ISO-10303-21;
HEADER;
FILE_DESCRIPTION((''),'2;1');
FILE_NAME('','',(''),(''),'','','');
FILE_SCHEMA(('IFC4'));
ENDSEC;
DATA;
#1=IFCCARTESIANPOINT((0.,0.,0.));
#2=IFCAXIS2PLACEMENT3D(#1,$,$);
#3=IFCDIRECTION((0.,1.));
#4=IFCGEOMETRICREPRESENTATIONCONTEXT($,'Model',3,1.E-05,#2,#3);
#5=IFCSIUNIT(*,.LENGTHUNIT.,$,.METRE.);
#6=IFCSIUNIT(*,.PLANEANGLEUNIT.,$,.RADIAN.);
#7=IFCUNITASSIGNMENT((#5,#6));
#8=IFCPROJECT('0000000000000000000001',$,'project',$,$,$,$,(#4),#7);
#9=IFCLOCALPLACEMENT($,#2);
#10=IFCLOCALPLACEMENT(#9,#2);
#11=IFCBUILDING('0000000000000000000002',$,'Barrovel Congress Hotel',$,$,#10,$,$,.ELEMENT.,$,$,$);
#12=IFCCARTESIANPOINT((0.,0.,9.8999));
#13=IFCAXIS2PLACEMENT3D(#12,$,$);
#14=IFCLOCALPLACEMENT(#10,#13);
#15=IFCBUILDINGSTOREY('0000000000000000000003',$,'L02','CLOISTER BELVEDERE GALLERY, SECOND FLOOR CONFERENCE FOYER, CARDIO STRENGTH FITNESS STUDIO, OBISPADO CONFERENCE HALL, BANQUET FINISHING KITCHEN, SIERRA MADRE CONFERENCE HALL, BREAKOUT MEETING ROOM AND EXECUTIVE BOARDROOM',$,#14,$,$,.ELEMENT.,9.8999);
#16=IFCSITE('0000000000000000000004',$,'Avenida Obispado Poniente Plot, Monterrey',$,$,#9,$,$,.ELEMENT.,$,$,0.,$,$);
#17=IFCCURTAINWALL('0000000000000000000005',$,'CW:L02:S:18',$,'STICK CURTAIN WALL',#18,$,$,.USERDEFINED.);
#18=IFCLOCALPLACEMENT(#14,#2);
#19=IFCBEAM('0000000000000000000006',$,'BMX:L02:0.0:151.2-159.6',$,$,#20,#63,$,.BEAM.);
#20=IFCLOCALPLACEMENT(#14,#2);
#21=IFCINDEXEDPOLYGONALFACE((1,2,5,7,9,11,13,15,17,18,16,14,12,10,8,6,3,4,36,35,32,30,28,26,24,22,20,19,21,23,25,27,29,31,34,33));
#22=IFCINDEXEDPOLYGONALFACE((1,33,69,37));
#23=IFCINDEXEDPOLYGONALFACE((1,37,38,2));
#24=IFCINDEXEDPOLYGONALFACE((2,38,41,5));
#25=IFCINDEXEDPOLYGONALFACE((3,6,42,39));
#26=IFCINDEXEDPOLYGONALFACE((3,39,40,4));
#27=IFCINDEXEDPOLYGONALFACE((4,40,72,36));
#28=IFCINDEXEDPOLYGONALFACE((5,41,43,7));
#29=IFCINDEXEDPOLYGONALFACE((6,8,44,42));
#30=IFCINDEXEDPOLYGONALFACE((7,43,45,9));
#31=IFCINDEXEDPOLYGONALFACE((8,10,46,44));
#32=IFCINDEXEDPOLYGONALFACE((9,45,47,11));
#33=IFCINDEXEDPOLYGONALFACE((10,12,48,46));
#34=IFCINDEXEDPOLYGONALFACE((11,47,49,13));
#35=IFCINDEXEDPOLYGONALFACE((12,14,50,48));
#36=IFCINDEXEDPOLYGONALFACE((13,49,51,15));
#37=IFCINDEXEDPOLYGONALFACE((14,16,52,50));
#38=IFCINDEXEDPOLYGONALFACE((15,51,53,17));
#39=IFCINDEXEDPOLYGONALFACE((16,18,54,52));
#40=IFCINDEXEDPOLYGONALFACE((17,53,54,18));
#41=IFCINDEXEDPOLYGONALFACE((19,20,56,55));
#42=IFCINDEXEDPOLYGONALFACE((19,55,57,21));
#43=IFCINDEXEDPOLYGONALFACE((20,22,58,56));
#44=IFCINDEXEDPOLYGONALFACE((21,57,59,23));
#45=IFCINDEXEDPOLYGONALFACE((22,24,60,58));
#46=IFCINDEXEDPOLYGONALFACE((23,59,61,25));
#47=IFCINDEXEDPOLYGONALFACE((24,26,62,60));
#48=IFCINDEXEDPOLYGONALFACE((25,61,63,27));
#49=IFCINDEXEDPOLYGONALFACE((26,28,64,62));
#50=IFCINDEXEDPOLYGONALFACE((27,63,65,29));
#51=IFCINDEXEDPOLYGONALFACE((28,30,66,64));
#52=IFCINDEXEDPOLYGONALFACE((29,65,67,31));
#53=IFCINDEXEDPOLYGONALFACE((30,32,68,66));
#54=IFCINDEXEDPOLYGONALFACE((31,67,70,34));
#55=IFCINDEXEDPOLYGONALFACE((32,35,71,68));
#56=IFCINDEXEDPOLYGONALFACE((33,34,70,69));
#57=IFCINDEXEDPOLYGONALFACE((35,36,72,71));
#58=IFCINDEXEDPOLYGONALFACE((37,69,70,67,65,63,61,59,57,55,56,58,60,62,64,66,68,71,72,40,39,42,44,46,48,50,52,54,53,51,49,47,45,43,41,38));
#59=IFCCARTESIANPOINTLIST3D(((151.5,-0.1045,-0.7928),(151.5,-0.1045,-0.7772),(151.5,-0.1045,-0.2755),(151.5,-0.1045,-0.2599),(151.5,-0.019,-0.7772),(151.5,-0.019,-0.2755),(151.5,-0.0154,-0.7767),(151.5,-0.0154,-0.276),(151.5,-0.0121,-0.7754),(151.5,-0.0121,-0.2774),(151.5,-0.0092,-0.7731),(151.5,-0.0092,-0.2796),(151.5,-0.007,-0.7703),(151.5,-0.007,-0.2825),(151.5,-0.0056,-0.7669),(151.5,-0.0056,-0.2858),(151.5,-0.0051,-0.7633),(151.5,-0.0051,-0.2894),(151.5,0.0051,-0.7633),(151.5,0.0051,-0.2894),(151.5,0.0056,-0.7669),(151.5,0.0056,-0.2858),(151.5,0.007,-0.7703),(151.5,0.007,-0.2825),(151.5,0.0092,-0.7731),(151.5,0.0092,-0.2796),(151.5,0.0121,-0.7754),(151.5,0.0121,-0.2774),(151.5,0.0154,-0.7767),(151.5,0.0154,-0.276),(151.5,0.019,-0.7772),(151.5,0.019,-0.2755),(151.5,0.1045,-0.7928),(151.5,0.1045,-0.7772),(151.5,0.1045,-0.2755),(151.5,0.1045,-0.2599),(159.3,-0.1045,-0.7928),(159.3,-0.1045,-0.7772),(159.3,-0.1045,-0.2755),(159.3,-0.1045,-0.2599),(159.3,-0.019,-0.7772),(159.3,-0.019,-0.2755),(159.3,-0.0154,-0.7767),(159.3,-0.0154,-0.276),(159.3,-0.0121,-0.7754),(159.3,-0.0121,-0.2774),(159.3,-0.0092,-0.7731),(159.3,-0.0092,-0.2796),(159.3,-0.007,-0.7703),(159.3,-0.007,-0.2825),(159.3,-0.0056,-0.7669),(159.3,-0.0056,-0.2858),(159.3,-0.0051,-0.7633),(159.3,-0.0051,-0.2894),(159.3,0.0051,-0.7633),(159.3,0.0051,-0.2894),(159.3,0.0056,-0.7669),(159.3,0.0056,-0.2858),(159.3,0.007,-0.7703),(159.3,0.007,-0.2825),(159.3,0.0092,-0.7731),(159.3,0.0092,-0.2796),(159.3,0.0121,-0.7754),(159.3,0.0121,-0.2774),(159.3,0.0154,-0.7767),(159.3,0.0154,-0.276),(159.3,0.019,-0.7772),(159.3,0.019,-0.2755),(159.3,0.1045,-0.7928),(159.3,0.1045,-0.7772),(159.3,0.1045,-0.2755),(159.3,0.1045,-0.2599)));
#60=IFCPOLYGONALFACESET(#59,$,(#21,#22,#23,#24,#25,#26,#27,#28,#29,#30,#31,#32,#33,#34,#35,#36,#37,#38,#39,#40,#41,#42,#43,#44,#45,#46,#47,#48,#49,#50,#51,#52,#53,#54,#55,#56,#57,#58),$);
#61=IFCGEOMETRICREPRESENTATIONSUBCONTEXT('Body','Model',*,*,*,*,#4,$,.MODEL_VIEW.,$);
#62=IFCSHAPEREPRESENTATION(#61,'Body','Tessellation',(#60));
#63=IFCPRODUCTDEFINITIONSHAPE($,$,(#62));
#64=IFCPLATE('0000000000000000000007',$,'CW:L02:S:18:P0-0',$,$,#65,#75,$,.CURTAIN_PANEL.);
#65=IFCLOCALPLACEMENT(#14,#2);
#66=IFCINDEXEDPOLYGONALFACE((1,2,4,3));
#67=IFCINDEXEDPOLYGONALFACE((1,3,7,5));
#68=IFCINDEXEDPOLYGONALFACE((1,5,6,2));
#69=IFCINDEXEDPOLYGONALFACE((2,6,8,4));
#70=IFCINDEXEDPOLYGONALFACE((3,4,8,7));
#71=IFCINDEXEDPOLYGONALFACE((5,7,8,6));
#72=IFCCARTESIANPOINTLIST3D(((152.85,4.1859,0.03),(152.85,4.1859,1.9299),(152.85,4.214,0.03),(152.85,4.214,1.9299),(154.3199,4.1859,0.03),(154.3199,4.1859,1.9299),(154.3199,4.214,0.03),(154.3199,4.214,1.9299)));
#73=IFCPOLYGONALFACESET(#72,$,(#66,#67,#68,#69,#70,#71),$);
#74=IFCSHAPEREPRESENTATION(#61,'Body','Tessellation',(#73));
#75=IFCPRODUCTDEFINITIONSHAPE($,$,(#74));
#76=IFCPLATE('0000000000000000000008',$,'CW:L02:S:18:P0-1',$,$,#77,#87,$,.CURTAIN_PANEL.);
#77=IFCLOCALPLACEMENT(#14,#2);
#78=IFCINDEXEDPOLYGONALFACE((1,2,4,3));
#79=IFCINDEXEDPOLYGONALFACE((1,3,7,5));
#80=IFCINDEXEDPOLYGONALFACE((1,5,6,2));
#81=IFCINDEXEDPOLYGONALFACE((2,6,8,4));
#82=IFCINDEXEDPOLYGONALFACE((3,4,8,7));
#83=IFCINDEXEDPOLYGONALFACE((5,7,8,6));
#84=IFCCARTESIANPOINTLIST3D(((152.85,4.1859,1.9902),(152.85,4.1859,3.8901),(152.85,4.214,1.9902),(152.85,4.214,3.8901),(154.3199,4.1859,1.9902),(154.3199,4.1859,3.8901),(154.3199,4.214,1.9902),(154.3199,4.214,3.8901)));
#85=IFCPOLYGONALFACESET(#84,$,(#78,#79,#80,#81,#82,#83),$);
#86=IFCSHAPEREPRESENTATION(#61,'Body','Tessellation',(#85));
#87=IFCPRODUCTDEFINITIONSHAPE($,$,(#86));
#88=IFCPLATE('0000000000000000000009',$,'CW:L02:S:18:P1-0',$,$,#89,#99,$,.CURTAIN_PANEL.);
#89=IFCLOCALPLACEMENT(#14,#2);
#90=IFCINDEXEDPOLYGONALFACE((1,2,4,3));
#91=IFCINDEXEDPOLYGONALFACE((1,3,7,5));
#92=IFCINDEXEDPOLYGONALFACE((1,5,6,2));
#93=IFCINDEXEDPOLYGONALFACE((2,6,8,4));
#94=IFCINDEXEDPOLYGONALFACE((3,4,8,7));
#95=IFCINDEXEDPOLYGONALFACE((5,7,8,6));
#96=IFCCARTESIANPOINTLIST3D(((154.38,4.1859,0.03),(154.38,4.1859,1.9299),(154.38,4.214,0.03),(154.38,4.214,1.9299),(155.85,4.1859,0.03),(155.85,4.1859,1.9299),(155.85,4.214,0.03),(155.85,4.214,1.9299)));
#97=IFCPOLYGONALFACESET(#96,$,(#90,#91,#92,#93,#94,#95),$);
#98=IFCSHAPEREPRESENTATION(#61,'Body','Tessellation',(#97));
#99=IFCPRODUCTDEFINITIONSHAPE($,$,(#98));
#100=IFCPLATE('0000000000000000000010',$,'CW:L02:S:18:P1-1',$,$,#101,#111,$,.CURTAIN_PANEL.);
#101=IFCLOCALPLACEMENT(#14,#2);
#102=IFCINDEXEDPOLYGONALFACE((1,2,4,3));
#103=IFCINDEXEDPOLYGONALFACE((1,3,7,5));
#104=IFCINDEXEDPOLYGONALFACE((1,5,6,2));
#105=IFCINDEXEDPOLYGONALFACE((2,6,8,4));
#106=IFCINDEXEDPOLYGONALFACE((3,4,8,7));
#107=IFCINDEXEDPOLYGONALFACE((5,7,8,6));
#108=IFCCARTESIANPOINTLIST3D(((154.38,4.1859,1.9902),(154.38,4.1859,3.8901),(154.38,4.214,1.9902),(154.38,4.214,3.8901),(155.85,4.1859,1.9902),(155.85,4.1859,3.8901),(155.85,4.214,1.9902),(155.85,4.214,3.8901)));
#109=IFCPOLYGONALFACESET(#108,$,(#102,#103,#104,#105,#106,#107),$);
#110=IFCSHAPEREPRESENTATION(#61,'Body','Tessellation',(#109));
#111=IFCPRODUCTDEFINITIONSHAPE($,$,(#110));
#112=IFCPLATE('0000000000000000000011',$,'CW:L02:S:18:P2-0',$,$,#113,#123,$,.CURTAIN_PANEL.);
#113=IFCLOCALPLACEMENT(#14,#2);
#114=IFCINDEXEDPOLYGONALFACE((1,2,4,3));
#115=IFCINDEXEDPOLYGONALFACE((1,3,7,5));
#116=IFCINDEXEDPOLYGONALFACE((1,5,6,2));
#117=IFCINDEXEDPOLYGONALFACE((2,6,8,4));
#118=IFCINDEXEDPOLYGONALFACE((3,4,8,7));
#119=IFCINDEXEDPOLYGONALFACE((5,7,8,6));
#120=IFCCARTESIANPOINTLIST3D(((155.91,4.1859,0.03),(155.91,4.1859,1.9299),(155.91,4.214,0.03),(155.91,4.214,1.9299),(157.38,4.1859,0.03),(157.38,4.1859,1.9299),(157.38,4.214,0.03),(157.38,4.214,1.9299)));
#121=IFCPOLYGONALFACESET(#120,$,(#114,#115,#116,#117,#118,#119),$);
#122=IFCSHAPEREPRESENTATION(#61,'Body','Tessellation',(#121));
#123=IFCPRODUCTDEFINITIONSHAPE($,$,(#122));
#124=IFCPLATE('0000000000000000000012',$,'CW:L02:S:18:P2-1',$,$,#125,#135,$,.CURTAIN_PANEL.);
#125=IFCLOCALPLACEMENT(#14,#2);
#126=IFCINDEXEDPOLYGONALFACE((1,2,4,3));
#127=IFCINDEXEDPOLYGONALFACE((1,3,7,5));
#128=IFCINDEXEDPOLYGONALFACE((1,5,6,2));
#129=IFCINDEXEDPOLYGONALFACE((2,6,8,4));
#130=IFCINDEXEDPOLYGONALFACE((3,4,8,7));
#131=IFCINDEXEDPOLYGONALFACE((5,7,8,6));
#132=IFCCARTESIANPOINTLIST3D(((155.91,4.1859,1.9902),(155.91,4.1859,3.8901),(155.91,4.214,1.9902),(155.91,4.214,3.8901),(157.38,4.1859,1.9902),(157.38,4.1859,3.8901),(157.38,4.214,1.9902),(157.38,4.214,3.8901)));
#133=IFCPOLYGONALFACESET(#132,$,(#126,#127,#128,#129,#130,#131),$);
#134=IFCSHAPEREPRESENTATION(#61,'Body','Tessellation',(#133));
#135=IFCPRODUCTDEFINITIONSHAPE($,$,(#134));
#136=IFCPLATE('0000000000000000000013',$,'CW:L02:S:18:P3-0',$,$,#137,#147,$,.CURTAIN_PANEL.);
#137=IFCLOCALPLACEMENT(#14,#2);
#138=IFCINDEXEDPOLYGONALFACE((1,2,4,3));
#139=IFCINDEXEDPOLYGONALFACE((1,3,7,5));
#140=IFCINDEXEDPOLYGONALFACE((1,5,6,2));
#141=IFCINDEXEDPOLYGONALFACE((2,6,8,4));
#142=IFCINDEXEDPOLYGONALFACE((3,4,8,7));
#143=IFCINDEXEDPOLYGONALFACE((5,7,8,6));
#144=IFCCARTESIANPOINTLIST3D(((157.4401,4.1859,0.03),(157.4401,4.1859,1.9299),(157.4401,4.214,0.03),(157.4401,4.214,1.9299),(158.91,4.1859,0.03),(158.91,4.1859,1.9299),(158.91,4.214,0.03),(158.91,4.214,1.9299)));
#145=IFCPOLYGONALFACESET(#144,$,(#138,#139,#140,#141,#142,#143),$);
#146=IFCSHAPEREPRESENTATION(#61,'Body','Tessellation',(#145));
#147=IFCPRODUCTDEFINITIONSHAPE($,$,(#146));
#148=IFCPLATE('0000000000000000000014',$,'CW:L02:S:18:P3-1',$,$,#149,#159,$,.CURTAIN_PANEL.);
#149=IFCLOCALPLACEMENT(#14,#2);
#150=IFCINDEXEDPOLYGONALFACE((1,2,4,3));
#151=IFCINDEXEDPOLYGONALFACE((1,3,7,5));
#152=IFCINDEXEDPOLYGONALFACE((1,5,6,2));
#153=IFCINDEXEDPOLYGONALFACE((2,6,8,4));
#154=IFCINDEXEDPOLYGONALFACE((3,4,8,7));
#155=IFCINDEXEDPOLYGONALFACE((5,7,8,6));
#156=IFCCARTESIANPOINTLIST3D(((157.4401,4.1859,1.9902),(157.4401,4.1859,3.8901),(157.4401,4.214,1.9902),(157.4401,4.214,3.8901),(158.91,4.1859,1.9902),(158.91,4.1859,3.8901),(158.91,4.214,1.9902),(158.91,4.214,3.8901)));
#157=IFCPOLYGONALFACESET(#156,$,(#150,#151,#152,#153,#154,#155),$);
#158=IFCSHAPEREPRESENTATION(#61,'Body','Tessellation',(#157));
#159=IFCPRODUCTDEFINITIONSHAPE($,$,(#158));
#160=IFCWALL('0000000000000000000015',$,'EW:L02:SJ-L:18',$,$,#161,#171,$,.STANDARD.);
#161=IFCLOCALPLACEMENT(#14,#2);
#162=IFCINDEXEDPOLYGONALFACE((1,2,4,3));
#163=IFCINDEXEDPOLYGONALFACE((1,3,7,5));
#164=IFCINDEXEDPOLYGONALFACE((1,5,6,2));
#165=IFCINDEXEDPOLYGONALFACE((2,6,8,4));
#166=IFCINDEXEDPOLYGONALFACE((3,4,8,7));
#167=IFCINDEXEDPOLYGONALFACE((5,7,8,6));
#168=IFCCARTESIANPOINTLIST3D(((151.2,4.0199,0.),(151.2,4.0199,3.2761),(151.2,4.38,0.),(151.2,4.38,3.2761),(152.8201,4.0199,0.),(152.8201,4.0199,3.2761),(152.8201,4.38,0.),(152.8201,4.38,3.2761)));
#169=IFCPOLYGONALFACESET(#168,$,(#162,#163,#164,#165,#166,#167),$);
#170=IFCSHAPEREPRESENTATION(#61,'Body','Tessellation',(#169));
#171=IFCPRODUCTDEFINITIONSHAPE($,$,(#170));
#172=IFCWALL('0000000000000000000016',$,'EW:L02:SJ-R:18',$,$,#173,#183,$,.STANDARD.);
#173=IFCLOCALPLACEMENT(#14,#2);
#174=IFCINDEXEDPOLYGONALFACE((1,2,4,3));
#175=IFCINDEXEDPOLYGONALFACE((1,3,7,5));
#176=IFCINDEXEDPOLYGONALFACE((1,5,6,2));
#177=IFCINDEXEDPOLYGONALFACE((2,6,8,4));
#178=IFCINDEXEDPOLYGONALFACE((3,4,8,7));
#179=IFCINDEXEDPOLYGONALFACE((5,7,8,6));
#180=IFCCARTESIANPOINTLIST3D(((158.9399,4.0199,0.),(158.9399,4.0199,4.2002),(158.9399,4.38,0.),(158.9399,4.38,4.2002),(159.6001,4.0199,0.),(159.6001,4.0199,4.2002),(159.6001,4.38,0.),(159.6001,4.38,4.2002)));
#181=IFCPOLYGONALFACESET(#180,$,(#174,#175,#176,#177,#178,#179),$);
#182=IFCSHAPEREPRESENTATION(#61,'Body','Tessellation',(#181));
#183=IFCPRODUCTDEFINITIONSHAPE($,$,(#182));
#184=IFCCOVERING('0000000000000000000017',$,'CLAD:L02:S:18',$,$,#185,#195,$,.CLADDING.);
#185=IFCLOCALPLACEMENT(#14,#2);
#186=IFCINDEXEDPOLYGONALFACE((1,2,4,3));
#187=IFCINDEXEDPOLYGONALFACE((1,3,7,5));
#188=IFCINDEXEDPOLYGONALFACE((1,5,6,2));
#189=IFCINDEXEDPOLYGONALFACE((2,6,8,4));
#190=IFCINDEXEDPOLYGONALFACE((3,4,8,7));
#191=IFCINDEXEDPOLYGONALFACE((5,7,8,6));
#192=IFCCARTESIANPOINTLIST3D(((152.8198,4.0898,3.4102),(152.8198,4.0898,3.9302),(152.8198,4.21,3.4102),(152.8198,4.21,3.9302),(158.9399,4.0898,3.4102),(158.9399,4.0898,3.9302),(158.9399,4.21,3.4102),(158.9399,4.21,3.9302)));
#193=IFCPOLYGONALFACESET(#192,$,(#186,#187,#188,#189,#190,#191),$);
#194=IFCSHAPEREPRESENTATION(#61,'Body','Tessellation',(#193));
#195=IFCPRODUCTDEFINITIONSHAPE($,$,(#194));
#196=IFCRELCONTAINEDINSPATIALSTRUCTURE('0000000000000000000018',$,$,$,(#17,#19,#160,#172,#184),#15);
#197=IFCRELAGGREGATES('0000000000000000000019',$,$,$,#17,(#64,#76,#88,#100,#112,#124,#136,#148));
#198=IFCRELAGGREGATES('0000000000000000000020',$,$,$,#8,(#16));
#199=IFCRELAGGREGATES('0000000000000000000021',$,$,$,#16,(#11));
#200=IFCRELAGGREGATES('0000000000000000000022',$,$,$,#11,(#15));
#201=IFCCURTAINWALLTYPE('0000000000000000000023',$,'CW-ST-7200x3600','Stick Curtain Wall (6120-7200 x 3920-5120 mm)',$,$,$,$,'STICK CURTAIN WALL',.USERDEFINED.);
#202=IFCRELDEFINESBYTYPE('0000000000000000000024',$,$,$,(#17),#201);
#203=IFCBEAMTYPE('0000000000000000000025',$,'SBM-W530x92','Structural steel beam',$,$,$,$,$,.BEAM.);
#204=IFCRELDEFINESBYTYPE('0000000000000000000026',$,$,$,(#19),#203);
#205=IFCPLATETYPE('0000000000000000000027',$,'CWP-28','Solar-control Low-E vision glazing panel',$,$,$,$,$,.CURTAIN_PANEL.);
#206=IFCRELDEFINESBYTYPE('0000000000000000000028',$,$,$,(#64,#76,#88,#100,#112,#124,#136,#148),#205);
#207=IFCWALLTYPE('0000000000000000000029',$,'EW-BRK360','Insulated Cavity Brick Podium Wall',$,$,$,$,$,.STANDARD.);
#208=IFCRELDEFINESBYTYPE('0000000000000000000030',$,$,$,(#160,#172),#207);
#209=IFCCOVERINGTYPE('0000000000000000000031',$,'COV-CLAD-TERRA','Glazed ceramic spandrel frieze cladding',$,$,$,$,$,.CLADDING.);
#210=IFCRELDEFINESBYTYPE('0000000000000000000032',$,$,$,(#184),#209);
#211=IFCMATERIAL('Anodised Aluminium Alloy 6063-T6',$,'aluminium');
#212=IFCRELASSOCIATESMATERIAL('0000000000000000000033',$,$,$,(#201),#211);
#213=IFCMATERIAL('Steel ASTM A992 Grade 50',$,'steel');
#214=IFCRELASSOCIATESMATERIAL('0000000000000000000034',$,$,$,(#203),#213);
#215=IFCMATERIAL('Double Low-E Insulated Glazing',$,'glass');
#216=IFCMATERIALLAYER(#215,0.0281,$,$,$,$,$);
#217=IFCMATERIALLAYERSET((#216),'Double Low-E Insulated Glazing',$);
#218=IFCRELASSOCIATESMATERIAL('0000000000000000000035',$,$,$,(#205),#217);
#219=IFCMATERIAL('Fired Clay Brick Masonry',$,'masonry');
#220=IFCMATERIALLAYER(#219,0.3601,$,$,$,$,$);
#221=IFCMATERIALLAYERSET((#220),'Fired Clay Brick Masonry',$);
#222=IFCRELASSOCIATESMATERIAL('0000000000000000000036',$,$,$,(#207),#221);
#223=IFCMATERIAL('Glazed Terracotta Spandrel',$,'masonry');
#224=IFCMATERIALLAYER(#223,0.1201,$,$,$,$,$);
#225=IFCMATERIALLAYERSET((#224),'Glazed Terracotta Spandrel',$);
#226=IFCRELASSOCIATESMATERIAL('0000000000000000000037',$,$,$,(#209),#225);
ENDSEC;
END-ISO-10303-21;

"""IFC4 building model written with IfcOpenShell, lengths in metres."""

from ifc_helpers import new_model, si_unit, direction, frame, frame_2d, origin, origin_2d, place, context, subcontext, project, spatial, rectangle, i_section, extrude, material, layer, layer_set, material_profile, profile_set, type_object, element, aggregate, save


model = new_model("IFC4")

# Units and contexts
model_context = context("Model", 3, precision=1e-05, world=origin(), true_north=direction((0.0, 1.0)))
body_context = subcontext(model_context, "Body", "Model", "MODEL_VIEW")
ifc_project = project(units=[si_unit("LENGTHUNIT", "METRE"), si_unit("PLANEANGLEUNIT", "RADIAN")], contexts=[model_context])

# Site, building, storey
site_placement = place(None, origin())
site = spatial("IfcSite", under=ifc_project, at=site_placement, Name="Avenida Obispado Poniente Plot, Monterrey", CompositionType="ELEMENT", RefElevation=0.0)
building_placement = place(site_placement, origin())
building = spatial("IfcBuilding", under=site, at=building_placement, Name="Barrovel Congress Hotel", CompositionType="ELEMENT")
storey_placement = place(building_placement, frame((0.0, 0.0, 9.8999)))
storey = spatial("IfcBuildingStorey", under=building, at=storey_placement, Name="L02", Description="CLOISTER BELVEDERE GALLERY, SECOND FLOOR CONFERENCE FOYER, CARDIO STRENGTH FITNESS STUDIO, OBISPADO CONFERENCE HALL, BANQUET FINISHING KITCHEN, SIERRA MADRE CONFERENCE HALL, BREAKOUT MEETING ROOM AND EXECUTIVE BOARDROOM", CompositionType="ELEMENT", Elevation=9.8999)

# Curtain wall
ifc_material_1 = material(Name="Anodised Aluminium Alloy 6063-T6", Category="aluminium")
curtain_wall_type = type_object("IfcCurtainWallType", Name="CW-ST-7200x3600", Description="Stick Curtain Wall (6120-7200 x 3920-5120 mm)", ElementType="STICK CURTAIN WALL", PredefinedType="USERDEFINED", material=ifc_material_1)
curtain_wall_placement = place(storey_placement, origin())
curtain_wall = element("IfcCurtainWall", 1, at=curtain_wall_placement, inside=storey, type_object=curtain_wall_type, Name="CW:L02:S:18", ObjectType="STICK CURTAIN WALL", PredefinedType="USERDEFINED")

# Beam
ifc_material_2 = material(Name="Steel ASTM A992 Grade 50", Category="steel")
ifc_material_profile_1 = material_profile(ifc_material_2, i_section(OverallWidth=0.209, OverallDepth=0.533, WebThickness=0.0103, FlangeThickness=0.0156, FilletRadius=0.0139, at=origin_2d()), Name="W530x92")
ifc_profile_set_1 = profile_set([ifc_material_profile_1], Name="Steel ASTM A992 Grade 50")
beam_type_1 = type_object("IfcBeamType", Name="SBM-W530x92", Description="Structural steel beam", PredefinedType="BEAM", material=ifc_profile_set_1)
beam_1_placement = place(storey_placement, frame((151.5, 0.0, -0.5264), z_axis=(1.0, 0.0, 0.0), x_axis=(0.0, 1.0, 0.0)))
element("IfcBeam", 2, at=beam_1_placement, inside=storey, type_object=beam_type_1, Name="BMX:L02:0.0:151.2-159.6", PredefinedType="BEAM", context=body_context, shape_type="SweptSolid", body=[
    extrude(i_section(OverallWidth=0.209, OverallDepth=0.533, WebThickness=0.0103, FlangeThickness=0.0156, FilletRadius=0.0139, at=origin_2d()), origin(), (0.0, 0.0, 1.0), 7.8),
])

# Plates
ifc_material_3 = material(Name="Double Low-E Insulated Glazing", Category="glass")
ifc_layer_1 = layer(ifc_material_3, 0.0281)
ifc_layer_set_1 = layer_set([ifc_layer_1], Name="Double Low-E Insulated Glazing")
plate_type = type_object("IfcPlateType", Name="CWP-28", Description="Solar-control Low-E vision glazing panel", PredefinedType="CURTAIN_PANEL", material=ifc_layer_set_1)
plate_1_placement = place(storey_placement, frame((153.585, 4.2, 0.03), z_axis=(0.0, 0.0, 1.0), x_axis=(1.0, 0.0, 0.0)))
plate_1 = element("IfcPlate", 3, at=plate_1_placement, type_object=plate_type, Name="CW:L02:S:18:P0-0", PredefinedType="CURTAIN_PANEL", context=body_context, shape_type="SweptSolid", body=[
    extrude(rectangle(XDim=1.47, YDim=0.0281, at=origin_2d()), origin(), (0.0, 0.0, 1.0), 1.8999),
])
plate_2_placement = place(storey_placement, frame((153.585, 4.2, 1.9902), z_axis=(0.0, 0.0, 1.0), x_axis=(1.0, 0.0, 0.0)))
plate_2 = element("IfcPlate", 4, at=plate_2_placement, type_object=plate_type, Name="CW:L02:S:18:P0-1", PredefinedType="CURTAIN_PANEL", context=body_context, shape_type="SweptSolid", body=[
    extrude(rectangle(XDim=1.47, YDim=0.0281, at=origin_2d()), origin(), (0.0, 0.0, 1.0), 1.8999),
])
plate_3_placement = place(storey_placement, frame((155.115, 4.2, 0.03), z_axis=(0.0, 0.0, 1.0), x_axis=(1.0, 0.0, 0.0)))
plate_3 = element("IfcPlate", 5, at=plate_3_placement, type_object=plate_type, Name="CW:L02:S:18:P1-0", PredefinedType="CURTAIN_PANEL", context=body_context, shape_type="SweptSolid", body=[
    extrude(rectangle(XDim=1.47, YDim=0.0281, at=origin_2d()), origin(), (0.0, 0.0, 1.0), 1.8999),
])
plate_4_placement = place(storey_placement, frame((155.115, 4.2, 1.9902), z_axis=(0.0, 0.0, 1.0), x_axis=(1.0, 0.0, 0.0)))
plate_4 = element("IfcPlate", 6, at=plate_4_placement, type_object=plate_type, Name="CW:L02:S:18:P1-1", PredefinedType="CURTAIN_PANEL", context=body_context, shape_type="SweptSolid", body=[
    extrude(rectangle(XDim=1.47, YDim=0.0281, at=origin_2d()), origin(), (0.0, 0.0, 1.0), 1.8999),
])
plate_5_placement = place(storey_placement, frame((156.645, 4.2, 0.03), z_axis=(0.0, 0.0, 1.0), x_axis=(1.0, 0.0, 0.0)))
plate_5 = element("IfcPlate", 7, at=plate_5_placement, type_object=plate_type, Name="CW:L02:S:18:P2-0", PredefinedType="CURTAIN_PANEL", context=body_context, shape_type="SweptSolid", body=[
    extrude(rectangle(XDim=1.47, YDim=0.0281, at=origin_2d()), origin(), (0.0, 0.0, 1.0), 1.8999),
])
plate_6_placement = place(storey_placement, frame((156.645, 4.2, 1.9902), z_axis=(0.0, 0.0, 1.0), x_axis=(1.0, 0.0, 0.0)))
plate_6 = element("IfcPlate", 8, at=plate_6_placement, type_object=plate_type, Name="CW:L02:S:18:P2-1", PredefinedType="CURTAIN_PANEL", context=body_context, shape_type="SweptSolid", body=[
    extrude(rectangle(XDim=1.47, YDim=0.0281, at=origin_2d()), origin(), (0.0, 0.0, 1.0), 1.8999),
])
plate_7_placement = place(storey_placement, frame((158.175, 4.2, 0.03), z_axis=(0.0, 0.0, 1.0), x_axis=(1.0, 0.0, 0.0)))
plate_7 = element("IfcPlate", 9, at=plate_7_placement, type_object=plate_type, Name="CW:L02:S:18:P3-0", PredefinedType="CURTAIN_PANEL", context=body_context, shape_type="SweptSolid", body=[
    extrude(rectangle(XDim=1.47, YDim=0.0281, at=origin_2d()), origin(), (0.0, 0.0, 1.0), 1.8999),
])
plate_8_placement = place(storey_placement, frame((158.175, 4.2, 1.9902), z_axis=(0.0, 0.0, 1.0), x_axis=(1.0, 0.0, 0.0)))
plate_8 = element("IfcPlate", 10, at=plate_8_placement, type_object=plate_type, Name="CW:L02:S:18:P3-1", PredefinedType="CURTAIN_PANEL", context=body_context, shape_type="SweptSolid", body=[
    extrude(rectangle(XDim=1.47, YDim=0.0281, at=origin_2d()), origin(), (0.0, 0.0, 1.0), 1.8999),
])
aggregate(curtain_wall, [plate_1, plate_2, plate_3, plate_4, plate_5, plate_6, plate_7, plate_8])

# Walls
ifc_material_4 = material(Name="Fired Clay Brick Masonry", Category="masonry")
ifc_layer_2 = layer(ifc_material_4, 0.3601)
ifc_layer_set_2 = layer_set([ifc_layer_2], Name="Fired Clay Brick Masonry")
wall_type = type_object("IfcWallType", Name="EW-BRK360", Description="Insulated Cavity Brick Podium Wall", PredefinedType="STANDARD", material=ifc_layer_set_2)
wall_1_placement = place(storey_placement, frame((151.2, 4.2, 0.0), z_axis=(0.0, 0.0, 1.0), x_axis=(1.0, 0.0, 0.0)))
element("IfcWall", 11, at=wall_1_placement, inside=storey, type_object=wall_type, Name="EW:L02:SJ-L:18", PredefinedType="STANDARD", context=body_context, shape_type="SweptSolid", body=[
    extrude(rectangle(XDim=1.6201, YDim=0.3601, at=frame_2d((0.8101, 0.0))), origin(), (0.0, 0.0, 1.0), 3.2761),
])
wall_2_placement = place(storey_placement, frame((158.9399, 4.2, 0.0), z_axis=(0.0, 0.0, 1.0), x_axis=(1.0, 0.0, 0.0)))
element("IfcWall", 12, at=wall_2_placement, inside=storey, type_object=wall_type, Name="EW:L02:SJ-R:18", PredefinedType="STANDARD", context=body_context, shape_type="SweptSolid", body=[
    extrude(rectangle(XDim=0.6602, YDim=0.3601, at=frame_2d((0.3301, 0.0))), origin(), (0.0, 0.0, 1.0), 4.2002),
])

# Covering
ifc_material_5 = material(Name="Glazed Terracotta Spandrel", Category="masonry")
ifc_layer_3 = layer(ifc_material_5, 0.1201)
ifc_layer_set_3 = layer_set([ifc_layer_3], Name="Glazed Terracotta Spandrel")
covering_type = type_object("IfcCoveringType", Name="COV-CLAD-TERRA", Description="Glazed ceramic spandrel frieze cladding", PredefinedType="CLADDING", material=ifc_layer_set_3)
covering_placement = place(storey_placement, frame((155.8799, 4.1499, 3.4102), z_axis=(0.0, 0.0, 1.0), x_axis=(1.0, 0.0, 0.0)))
element("IfcCovering", 13, at=covering_placement, inside=storey, type_object=covering_type, Name="CLAD:L02:S:18", PredefinedType="CLADDING", context=body_context, shape_type="SweptSolid", body=[
    extrude(rectangle(XDim=6.1201, YDim=0.1201, at=origin_2d()), origin(), (0.0, 0.0, 1.0), 0.52),
])

save(model, "model.ifc")
